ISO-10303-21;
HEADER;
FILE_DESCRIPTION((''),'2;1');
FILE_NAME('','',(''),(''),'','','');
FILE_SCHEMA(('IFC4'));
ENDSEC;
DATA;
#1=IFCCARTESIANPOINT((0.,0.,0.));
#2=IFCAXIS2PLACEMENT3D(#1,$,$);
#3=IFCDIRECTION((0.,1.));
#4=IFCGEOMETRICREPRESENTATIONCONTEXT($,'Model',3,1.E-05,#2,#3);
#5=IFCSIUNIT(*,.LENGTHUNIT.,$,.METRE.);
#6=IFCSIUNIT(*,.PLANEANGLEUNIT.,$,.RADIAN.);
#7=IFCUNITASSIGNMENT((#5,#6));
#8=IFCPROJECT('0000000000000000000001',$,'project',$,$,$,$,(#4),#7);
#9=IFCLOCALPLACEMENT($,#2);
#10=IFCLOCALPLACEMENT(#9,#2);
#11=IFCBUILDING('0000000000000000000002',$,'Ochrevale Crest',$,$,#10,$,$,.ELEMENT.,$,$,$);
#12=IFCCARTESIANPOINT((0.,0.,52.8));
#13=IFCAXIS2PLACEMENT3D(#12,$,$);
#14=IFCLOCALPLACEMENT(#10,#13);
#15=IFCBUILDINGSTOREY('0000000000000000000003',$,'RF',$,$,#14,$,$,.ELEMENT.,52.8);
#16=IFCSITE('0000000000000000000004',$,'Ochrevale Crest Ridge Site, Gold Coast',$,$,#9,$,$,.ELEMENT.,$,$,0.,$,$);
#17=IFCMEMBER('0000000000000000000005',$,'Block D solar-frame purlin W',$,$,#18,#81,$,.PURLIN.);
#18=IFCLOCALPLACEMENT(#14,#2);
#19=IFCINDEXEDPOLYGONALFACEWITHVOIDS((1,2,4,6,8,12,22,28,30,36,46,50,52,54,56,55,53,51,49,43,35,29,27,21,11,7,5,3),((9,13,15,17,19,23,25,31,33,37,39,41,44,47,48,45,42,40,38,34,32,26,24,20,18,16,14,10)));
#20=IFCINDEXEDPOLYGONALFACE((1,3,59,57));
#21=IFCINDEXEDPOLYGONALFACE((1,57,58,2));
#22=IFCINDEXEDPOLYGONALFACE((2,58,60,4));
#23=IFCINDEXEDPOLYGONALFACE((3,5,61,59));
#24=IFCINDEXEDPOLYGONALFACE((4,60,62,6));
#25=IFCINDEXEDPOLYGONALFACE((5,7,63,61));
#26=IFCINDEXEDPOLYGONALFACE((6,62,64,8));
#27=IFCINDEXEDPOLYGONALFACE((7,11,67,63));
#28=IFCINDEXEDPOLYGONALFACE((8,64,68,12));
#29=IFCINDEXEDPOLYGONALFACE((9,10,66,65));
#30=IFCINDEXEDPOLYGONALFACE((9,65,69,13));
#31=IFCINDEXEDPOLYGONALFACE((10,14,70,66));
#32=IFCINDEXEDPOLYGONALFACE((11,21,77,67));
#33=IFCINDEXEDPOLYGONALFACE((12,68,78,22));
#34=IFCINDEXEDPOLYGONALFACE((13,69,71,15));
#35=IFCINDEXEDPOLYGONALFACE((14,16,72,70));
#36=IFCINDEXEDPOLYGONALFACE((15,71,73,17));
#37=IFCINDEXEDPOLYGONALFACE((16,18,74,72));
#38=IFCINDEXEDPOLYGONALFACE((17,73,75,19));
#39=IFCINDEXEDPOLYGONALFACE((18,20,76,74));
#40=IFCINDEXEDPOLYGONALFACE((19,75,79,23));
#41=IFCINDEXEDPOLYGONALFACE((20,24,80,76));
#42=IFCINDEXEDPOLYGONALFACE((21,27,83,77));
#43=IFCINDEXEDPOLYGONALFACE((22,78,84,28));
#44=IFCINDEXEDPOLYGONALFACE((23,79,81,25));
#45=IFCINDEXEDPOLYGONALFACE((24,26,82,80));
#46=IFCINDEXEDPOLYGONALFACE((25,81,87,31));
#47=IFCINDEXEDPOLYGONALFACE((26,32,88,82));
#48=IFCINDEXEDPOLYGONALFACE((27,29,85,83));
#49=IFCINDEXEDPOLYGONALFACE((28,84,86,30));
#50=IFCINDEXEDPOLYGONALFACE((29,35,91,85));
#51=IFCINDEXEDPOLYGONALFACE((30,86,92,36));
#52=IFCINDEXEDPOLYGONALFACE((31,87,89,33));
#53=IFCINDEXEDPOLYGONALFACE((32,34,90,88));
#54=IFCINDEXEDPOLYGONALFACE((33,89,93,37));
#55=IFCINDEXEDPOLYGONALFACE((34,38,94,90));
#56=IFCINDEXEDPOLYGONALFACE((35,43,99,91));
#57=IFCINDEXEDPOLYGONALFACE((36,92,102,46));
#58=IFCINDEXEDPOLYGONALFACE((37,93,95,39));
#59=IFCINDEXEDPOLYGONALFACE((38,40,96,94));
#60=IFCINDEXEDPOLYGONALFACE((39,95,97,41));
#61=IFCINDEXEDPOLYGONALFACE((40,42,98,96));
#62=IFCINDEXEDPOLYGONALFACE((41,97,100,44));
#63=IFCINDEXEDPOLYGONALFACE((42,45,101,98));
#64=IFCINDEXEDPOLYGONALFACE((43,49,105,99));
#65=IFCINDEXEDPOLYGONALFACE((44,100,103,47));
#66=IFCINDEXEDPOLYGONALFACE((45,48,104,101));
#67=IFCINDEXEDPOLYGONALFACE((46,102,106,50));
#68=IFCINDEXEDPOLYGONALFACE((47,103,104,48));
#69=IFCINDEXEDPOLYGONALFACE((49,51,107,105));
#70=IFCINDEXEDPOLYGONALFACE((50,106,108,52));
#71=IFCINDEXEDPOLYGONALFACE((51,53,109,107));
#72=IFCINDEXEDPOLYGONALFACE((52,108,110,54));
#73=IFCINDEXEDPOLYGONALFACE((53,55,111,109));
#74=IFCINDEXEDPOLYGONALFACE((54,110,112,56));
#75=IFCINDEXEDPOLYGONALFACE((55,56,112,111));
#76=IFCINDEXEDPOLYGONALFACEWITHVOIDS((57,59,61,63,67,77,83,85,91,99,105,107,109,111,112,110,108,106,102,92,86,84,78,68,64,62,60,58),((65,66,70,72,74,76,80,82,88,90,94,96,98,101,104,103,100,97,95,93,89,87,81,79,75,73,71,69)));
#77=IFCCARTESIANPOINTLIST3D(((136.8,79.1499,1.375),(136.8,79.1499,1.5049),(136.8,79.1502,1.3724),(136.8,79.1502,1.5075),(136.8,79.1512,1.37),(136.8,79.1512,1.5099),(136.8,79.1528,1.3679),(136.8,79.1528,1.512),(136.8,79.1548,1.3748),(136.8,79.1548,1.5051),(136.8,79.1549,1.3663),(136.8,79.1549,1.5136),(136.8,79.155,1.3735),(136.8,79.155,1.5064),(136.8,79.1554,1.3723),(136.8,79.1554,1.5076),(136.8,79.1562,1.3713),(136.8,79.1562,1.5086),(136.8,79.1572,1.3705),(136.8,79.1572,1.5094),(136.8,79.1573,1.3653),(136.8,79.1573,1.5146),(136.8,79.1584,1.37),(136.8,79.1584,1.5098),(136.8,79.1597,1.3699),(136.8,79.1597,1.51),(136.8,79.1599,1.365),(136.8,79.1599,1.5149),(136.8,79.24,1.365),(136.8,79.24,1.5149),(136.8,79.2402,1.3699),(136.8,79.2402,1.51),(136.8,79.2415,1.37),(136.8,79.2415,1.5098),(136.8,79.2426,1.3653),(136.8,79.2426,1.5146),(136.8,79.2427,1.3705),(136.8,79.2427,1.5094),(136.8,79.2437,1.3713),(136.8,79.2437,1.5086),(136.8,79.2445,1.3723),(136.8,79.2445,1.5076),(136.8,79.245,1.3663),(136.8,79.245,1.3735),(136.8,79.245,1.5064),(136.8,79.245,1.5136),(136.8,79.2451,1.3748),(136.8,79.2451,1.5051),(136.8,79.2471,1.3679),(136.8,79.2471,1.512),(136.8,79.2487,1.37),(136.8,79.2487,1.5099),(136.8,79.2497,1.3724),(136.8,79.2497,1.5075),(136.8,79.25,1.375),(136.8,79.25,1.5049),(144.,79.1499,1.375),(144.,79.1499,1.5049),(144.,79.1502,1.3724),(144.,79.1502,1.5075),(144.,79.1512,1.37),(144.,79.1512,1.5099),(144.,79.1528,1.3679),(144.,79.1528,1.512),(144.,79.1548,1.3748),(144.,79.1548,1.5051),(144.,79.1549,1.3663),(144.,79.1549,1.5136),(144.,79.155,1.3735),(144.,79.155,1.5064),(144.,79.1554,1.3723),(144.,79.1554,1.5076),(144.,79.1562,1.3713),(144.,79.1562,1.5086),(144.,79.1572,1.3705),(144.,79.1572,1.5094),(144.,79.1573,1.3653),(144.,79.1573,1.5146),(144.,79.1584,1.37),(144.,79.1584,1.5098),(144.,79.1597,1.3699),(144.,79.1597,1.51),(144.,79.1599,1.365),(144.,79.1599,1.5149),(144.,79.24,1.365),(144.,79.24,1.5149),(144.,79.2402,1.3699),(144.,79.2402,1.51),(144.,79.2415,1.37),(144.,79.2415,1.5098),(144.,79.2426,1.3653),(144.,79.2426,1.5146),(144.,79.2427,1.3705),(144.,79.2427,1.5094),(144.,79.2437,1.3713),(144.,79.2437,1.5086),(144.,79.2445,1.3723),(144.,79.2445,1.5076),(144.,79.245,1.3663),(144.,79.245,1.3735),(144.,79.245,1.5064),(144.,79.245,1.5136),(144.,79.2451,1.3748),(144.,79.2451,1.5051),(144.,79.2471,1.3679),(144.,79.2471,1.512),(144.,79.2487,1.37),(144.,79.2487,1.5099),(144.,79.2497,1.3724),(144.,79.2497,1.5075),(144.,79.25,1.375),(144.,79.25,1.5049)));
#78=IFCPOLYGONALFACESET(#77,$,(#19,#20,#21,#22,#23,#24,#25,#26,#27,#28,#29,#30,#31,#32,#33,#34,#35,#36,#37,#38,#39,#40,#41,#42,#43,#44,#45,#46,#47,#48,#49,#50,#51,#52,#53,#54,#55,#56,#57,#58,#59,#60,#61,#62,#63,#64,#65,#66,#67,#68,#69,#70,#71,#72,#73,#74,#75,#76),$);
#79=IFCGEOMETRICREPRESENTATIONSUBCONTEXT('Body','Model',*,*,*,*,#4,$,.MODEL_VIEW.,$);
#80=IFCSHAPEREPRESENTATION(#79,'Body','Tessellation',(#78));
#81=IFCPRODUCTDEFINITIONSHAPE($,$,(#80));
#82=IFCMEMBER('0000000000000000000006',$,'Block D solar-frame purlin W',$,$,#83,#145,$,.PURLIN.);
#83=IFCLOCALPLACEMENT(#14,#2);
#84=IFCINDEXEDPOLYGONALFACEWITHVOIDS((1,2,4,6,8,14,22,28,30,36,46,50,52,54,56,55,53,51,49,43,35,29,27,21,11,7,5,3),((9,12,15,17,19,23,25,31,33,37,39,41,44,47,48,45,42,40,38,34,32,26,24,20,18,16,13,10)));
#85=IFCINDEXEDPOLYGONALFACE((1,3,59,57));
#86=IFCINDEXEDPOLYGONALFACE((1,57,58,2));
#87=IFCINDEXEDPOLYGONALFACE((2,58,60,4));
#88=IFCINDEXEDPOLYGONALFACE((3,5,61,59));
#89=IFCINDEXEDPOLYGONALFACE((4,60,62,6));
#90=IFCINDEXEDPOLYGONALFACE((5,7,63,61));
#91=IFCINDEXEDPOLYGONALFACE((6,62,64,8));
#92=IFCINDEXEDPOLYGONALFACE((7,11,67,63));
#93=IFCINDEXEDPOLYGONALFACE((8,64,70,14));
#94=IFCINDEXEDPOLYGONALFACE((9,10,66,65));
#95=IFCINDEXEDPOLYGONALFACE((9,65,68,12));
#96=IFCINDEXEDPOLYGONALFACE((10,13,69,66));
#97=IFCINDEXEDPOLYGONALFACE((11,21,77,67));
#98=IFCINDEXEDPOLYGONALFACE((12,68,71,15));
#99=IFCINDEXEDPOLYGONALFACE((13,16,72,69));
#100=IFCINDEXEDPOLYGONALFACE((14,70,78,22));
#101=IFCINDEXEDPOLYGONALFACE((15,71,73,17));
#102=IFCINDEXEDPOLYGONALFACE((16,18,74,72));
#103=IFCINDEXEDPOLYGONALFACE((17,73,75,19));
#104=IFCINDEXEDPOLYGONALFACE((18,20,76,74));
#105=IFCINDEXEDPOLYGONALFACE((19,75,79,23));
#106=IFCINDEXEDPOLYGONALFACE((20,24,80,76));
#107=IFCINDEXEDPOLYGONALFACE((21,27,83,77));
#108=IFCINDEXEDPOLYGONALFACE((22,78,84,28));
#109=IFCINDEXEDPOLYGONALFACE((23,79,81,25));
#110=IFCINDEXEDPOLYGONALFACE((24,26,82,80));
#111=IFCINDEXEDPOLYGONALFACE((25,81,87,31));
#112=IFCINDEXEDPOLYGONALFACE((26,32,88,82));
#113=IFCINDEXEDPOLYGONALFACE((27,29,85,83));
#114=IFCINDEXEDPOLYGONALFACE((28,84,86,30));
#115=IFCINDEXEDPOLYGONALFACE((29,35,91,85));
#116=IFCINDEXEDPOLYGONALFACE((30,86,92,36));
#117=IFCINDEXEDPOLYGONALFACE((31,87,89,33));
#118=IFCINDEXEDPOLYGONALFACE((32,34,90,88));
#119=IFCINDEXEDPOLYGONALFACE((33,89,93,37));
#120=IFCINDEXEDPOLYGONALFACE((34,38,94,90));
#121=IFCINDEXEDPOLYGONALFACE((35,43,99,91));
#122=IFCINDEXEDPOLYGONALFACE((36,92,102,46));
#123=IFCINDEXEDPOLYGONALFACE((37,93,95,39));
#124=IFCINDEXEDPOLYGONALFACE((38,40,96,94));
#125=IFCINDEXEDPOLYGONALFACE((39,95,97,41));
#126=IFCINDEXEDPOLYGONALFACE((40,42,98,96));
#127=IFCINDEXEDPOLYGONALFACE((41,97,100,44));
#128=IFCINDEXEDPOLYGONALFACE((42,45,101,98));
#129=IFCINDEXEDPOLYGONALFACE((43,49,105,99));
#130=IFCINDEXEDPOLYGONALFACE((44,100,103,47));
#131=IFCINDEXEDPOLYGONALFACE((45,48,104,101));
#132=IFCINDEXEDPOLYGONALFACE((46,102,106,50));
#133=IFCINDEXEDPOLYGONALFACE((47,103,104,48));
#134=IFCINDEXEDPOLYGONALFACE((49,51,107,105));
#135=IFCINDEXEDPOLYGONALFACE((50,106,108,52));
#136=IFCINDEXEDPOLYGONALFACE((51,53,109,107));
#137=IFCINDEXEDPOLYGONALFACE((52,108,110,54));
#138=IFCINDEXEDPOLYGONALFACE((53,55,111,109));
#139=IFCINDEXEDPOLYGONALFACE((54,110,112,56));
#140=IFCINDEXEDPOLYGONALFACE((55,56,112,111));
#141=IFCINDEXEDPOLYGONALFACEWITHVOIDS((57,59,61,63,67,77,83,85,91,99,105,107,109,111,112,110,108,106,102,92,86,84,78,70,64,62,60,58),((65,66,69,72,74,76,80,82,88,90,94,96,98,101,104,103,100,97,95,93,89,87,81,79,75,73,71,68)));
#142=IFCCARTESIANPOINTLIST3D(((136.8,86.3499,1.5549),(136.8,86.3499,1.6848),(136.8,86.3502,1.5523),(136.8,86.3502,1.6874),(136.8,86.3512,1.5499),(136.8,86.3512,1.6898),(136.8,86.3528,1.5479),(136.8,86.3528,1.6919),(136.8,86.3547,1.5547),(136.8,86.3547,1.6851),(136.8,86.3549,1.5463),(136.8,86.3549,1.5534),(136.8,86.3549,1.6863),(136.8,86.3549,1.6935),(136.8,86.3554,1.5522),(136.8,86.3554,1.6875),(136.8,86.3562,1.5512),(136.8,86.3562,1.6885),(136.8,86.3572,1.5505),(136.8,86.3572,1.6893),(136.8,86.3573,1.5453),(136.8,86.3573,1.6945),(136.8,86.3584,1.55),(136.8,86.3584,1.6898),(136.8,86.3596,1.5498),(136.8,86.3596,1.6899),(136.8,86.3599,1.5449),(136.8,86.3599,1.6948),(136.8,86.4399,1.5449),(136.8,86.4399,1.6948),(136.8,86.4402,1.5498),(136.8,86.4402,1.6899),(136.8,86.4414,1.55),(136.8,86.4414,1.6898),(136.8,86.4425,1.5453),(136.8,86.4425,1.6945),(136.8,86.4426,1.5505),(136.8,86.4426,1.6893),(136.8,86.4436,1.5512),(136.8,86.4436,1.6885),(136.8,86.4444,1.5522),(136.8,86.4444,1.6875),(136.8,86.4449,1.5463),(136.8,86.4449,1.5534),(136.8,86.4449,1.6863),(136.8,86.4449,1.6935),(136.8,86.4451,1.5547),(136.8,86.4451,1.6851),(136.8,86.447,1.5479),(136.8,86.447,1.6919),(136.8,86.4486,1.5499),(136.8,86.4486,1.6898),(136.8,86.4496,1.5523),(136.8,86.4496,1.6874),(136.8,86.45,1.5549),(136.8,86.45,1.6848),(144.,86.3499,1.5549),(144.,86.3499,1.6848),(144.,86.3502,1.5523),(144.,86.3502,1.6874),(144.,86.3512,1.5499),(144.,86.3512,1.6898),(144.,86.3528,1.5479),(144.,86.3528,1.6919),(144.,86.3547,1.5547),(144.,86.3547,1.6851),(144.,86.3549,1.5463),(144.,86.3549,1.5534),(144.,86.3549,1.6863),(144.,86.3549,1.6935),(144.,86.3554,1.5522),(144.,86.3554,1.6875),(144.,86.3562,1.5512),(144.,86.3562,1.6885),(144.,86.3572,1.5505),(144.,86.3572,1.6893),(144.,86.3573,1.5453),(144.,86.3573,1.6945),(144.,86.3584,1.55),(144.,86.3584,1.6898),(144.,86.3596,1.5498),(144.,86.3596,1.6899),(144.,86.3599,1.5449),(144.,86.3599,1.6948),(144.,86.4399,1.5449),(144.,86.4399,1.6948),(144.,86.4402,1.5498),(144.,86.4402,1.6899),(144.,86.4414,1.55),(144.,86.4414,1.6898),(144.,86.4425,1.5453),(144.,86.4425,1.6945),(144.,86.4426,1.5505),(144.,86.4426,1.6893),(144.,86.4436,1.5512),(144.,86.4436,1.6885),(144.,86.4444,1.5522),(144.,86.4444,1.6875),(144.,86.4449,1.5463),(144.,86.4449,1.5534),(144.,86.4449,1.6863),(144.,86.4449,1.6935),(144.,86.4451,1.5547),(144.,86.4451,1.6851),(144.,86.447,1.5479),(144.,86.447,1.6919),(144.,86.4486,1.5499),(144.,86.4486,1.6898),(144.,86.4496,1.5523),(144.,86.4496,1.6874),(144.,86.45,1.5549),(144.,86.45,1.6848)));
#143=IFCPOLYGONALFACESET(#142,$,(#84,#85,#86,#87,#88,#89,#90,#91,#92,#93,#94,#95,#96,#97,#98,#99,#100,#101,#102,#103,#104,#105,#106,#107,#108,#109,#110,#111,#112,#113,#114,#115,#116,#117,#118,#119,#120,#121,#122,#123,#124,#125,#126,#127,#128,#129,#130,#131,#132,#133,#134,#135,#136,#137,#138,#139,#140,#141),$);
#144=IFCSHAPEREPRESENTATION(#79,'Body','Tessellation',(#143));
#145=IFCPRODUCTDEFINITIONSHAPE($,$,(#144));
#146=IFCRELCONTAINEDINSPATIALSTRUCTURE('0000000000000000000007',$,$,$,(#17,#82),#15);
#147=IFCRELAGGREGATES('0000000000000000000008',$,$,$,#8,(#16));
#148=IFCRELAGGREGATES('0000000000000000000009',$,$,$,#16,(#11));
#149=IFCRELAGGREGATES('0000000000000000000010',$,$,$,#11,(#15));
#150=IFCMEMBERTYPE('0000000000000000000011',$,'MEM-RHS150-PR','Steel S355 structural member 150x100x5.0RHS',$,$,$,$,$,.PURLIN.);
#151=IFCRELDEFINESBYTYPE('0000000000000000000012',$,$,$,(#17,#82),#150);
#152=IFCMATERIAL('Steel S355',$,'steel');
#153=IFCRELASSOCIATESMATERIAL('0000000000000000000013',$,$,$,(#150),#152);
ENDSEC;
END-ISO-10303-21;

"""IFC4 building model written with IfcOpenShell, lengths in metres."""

from ifc_helpers import new_model, si_unit, direction, frame, origin, origin_2d, place, context, subcontext, project, spatial, hollow_rectangle, extrude, material, material_profile, profile_set, type_object, element, save


model = new_model("IFC4")

# Units and contexts
model_context = context("Model", 3, precision=1e-05, world=origin(), true_north=direction((0.0, 1.0)))
body_context = subcontext(model_context, "Body", "Model", "MODEL_VIEW")
ifc_project = project(units=[si_unit("LENGTHUNIT", "METRE"), si_unit("PLANEANGLEUNIT", "RADIAN")], contexts=[model_context])

# Site, building, storey
site_placement = place(None, origin())
site = spatial("IfcSite", under=ifc_project, at=site_placement, Name="Ochrevale Crest Ridge Site, Gold Coast", CompositionType="ELEMENT", RefElevation=0.0)
building_placement = place(site_placement, origin())
building = spatial("IfcBuilding", under=site, at=building_placement, Name="Ochrevale Crest", CompositionType="ELEMENT")
storey_placement = place(building_placement, frame((0.0, 0.0, 52.8)))
storey = spatial("IfcBuildingStorey", under=building, at=storey_placement, Name="RF", CompositionType="ELEMENT", Elevation=52.8)

# Shared definitions
ifc_material_1 = material(Name="Steel S355", Category="steel")

# Members
ifc_material_profile_1 = material_profile(ifc_material_1, hollow_rectangle(XDim=0.1001, YDim=0.1499, WallThickness=0.0049, InnerFilletRadius=0.0049, OuterFilletRadius=0.01, at=origin_2d()), Name="150x100x5.0RHS")
ifc_profile_set_1 = profile_set([ifc_material_profile_1], Name="Steel S355")
member_type_1 = type_object("IfcMemberType", Name="MEM-RHS150-PR", Description="Steel S355 structural member 150x100x5.0RHS", PredefinedType="PURLIN", material=ifc_profile_set_1)
for number, where, z_axis, x_axis, name in (
    (1, (136.8, 79.2, 1.4399), (1.0, 0.0, 0.0), (0.0, 1.0, 0.0), "Block D solar-frame purlin W"),
    (2, (136.8, 86.3999, 1.6199), (1.0, 0.0, 0.0), (0.0, 1.0, 0.0), "Block D solar-frame purlin W"),
):
    element("IfcMember", number, at=place(storey_placement, frame(where, z_axis=z_axis, x_axis=x_axis)), inside=storey, type_object=member_type_1, Name=name, PredefinedType="PURLIN", context=body_context, shape_type="SweptSolid", body=[
        extrude(hollow_rectangle(XDim=0.1001, YDim=0.1499, WallThickness=0.0049, InnerFilletRadius=0.0049, OuterFilletRadius=0.01, at=origin_2d()), origin(), (0.0, 0.0, 1.0), 7.2),
    ])

save(model, "model.ifc")
